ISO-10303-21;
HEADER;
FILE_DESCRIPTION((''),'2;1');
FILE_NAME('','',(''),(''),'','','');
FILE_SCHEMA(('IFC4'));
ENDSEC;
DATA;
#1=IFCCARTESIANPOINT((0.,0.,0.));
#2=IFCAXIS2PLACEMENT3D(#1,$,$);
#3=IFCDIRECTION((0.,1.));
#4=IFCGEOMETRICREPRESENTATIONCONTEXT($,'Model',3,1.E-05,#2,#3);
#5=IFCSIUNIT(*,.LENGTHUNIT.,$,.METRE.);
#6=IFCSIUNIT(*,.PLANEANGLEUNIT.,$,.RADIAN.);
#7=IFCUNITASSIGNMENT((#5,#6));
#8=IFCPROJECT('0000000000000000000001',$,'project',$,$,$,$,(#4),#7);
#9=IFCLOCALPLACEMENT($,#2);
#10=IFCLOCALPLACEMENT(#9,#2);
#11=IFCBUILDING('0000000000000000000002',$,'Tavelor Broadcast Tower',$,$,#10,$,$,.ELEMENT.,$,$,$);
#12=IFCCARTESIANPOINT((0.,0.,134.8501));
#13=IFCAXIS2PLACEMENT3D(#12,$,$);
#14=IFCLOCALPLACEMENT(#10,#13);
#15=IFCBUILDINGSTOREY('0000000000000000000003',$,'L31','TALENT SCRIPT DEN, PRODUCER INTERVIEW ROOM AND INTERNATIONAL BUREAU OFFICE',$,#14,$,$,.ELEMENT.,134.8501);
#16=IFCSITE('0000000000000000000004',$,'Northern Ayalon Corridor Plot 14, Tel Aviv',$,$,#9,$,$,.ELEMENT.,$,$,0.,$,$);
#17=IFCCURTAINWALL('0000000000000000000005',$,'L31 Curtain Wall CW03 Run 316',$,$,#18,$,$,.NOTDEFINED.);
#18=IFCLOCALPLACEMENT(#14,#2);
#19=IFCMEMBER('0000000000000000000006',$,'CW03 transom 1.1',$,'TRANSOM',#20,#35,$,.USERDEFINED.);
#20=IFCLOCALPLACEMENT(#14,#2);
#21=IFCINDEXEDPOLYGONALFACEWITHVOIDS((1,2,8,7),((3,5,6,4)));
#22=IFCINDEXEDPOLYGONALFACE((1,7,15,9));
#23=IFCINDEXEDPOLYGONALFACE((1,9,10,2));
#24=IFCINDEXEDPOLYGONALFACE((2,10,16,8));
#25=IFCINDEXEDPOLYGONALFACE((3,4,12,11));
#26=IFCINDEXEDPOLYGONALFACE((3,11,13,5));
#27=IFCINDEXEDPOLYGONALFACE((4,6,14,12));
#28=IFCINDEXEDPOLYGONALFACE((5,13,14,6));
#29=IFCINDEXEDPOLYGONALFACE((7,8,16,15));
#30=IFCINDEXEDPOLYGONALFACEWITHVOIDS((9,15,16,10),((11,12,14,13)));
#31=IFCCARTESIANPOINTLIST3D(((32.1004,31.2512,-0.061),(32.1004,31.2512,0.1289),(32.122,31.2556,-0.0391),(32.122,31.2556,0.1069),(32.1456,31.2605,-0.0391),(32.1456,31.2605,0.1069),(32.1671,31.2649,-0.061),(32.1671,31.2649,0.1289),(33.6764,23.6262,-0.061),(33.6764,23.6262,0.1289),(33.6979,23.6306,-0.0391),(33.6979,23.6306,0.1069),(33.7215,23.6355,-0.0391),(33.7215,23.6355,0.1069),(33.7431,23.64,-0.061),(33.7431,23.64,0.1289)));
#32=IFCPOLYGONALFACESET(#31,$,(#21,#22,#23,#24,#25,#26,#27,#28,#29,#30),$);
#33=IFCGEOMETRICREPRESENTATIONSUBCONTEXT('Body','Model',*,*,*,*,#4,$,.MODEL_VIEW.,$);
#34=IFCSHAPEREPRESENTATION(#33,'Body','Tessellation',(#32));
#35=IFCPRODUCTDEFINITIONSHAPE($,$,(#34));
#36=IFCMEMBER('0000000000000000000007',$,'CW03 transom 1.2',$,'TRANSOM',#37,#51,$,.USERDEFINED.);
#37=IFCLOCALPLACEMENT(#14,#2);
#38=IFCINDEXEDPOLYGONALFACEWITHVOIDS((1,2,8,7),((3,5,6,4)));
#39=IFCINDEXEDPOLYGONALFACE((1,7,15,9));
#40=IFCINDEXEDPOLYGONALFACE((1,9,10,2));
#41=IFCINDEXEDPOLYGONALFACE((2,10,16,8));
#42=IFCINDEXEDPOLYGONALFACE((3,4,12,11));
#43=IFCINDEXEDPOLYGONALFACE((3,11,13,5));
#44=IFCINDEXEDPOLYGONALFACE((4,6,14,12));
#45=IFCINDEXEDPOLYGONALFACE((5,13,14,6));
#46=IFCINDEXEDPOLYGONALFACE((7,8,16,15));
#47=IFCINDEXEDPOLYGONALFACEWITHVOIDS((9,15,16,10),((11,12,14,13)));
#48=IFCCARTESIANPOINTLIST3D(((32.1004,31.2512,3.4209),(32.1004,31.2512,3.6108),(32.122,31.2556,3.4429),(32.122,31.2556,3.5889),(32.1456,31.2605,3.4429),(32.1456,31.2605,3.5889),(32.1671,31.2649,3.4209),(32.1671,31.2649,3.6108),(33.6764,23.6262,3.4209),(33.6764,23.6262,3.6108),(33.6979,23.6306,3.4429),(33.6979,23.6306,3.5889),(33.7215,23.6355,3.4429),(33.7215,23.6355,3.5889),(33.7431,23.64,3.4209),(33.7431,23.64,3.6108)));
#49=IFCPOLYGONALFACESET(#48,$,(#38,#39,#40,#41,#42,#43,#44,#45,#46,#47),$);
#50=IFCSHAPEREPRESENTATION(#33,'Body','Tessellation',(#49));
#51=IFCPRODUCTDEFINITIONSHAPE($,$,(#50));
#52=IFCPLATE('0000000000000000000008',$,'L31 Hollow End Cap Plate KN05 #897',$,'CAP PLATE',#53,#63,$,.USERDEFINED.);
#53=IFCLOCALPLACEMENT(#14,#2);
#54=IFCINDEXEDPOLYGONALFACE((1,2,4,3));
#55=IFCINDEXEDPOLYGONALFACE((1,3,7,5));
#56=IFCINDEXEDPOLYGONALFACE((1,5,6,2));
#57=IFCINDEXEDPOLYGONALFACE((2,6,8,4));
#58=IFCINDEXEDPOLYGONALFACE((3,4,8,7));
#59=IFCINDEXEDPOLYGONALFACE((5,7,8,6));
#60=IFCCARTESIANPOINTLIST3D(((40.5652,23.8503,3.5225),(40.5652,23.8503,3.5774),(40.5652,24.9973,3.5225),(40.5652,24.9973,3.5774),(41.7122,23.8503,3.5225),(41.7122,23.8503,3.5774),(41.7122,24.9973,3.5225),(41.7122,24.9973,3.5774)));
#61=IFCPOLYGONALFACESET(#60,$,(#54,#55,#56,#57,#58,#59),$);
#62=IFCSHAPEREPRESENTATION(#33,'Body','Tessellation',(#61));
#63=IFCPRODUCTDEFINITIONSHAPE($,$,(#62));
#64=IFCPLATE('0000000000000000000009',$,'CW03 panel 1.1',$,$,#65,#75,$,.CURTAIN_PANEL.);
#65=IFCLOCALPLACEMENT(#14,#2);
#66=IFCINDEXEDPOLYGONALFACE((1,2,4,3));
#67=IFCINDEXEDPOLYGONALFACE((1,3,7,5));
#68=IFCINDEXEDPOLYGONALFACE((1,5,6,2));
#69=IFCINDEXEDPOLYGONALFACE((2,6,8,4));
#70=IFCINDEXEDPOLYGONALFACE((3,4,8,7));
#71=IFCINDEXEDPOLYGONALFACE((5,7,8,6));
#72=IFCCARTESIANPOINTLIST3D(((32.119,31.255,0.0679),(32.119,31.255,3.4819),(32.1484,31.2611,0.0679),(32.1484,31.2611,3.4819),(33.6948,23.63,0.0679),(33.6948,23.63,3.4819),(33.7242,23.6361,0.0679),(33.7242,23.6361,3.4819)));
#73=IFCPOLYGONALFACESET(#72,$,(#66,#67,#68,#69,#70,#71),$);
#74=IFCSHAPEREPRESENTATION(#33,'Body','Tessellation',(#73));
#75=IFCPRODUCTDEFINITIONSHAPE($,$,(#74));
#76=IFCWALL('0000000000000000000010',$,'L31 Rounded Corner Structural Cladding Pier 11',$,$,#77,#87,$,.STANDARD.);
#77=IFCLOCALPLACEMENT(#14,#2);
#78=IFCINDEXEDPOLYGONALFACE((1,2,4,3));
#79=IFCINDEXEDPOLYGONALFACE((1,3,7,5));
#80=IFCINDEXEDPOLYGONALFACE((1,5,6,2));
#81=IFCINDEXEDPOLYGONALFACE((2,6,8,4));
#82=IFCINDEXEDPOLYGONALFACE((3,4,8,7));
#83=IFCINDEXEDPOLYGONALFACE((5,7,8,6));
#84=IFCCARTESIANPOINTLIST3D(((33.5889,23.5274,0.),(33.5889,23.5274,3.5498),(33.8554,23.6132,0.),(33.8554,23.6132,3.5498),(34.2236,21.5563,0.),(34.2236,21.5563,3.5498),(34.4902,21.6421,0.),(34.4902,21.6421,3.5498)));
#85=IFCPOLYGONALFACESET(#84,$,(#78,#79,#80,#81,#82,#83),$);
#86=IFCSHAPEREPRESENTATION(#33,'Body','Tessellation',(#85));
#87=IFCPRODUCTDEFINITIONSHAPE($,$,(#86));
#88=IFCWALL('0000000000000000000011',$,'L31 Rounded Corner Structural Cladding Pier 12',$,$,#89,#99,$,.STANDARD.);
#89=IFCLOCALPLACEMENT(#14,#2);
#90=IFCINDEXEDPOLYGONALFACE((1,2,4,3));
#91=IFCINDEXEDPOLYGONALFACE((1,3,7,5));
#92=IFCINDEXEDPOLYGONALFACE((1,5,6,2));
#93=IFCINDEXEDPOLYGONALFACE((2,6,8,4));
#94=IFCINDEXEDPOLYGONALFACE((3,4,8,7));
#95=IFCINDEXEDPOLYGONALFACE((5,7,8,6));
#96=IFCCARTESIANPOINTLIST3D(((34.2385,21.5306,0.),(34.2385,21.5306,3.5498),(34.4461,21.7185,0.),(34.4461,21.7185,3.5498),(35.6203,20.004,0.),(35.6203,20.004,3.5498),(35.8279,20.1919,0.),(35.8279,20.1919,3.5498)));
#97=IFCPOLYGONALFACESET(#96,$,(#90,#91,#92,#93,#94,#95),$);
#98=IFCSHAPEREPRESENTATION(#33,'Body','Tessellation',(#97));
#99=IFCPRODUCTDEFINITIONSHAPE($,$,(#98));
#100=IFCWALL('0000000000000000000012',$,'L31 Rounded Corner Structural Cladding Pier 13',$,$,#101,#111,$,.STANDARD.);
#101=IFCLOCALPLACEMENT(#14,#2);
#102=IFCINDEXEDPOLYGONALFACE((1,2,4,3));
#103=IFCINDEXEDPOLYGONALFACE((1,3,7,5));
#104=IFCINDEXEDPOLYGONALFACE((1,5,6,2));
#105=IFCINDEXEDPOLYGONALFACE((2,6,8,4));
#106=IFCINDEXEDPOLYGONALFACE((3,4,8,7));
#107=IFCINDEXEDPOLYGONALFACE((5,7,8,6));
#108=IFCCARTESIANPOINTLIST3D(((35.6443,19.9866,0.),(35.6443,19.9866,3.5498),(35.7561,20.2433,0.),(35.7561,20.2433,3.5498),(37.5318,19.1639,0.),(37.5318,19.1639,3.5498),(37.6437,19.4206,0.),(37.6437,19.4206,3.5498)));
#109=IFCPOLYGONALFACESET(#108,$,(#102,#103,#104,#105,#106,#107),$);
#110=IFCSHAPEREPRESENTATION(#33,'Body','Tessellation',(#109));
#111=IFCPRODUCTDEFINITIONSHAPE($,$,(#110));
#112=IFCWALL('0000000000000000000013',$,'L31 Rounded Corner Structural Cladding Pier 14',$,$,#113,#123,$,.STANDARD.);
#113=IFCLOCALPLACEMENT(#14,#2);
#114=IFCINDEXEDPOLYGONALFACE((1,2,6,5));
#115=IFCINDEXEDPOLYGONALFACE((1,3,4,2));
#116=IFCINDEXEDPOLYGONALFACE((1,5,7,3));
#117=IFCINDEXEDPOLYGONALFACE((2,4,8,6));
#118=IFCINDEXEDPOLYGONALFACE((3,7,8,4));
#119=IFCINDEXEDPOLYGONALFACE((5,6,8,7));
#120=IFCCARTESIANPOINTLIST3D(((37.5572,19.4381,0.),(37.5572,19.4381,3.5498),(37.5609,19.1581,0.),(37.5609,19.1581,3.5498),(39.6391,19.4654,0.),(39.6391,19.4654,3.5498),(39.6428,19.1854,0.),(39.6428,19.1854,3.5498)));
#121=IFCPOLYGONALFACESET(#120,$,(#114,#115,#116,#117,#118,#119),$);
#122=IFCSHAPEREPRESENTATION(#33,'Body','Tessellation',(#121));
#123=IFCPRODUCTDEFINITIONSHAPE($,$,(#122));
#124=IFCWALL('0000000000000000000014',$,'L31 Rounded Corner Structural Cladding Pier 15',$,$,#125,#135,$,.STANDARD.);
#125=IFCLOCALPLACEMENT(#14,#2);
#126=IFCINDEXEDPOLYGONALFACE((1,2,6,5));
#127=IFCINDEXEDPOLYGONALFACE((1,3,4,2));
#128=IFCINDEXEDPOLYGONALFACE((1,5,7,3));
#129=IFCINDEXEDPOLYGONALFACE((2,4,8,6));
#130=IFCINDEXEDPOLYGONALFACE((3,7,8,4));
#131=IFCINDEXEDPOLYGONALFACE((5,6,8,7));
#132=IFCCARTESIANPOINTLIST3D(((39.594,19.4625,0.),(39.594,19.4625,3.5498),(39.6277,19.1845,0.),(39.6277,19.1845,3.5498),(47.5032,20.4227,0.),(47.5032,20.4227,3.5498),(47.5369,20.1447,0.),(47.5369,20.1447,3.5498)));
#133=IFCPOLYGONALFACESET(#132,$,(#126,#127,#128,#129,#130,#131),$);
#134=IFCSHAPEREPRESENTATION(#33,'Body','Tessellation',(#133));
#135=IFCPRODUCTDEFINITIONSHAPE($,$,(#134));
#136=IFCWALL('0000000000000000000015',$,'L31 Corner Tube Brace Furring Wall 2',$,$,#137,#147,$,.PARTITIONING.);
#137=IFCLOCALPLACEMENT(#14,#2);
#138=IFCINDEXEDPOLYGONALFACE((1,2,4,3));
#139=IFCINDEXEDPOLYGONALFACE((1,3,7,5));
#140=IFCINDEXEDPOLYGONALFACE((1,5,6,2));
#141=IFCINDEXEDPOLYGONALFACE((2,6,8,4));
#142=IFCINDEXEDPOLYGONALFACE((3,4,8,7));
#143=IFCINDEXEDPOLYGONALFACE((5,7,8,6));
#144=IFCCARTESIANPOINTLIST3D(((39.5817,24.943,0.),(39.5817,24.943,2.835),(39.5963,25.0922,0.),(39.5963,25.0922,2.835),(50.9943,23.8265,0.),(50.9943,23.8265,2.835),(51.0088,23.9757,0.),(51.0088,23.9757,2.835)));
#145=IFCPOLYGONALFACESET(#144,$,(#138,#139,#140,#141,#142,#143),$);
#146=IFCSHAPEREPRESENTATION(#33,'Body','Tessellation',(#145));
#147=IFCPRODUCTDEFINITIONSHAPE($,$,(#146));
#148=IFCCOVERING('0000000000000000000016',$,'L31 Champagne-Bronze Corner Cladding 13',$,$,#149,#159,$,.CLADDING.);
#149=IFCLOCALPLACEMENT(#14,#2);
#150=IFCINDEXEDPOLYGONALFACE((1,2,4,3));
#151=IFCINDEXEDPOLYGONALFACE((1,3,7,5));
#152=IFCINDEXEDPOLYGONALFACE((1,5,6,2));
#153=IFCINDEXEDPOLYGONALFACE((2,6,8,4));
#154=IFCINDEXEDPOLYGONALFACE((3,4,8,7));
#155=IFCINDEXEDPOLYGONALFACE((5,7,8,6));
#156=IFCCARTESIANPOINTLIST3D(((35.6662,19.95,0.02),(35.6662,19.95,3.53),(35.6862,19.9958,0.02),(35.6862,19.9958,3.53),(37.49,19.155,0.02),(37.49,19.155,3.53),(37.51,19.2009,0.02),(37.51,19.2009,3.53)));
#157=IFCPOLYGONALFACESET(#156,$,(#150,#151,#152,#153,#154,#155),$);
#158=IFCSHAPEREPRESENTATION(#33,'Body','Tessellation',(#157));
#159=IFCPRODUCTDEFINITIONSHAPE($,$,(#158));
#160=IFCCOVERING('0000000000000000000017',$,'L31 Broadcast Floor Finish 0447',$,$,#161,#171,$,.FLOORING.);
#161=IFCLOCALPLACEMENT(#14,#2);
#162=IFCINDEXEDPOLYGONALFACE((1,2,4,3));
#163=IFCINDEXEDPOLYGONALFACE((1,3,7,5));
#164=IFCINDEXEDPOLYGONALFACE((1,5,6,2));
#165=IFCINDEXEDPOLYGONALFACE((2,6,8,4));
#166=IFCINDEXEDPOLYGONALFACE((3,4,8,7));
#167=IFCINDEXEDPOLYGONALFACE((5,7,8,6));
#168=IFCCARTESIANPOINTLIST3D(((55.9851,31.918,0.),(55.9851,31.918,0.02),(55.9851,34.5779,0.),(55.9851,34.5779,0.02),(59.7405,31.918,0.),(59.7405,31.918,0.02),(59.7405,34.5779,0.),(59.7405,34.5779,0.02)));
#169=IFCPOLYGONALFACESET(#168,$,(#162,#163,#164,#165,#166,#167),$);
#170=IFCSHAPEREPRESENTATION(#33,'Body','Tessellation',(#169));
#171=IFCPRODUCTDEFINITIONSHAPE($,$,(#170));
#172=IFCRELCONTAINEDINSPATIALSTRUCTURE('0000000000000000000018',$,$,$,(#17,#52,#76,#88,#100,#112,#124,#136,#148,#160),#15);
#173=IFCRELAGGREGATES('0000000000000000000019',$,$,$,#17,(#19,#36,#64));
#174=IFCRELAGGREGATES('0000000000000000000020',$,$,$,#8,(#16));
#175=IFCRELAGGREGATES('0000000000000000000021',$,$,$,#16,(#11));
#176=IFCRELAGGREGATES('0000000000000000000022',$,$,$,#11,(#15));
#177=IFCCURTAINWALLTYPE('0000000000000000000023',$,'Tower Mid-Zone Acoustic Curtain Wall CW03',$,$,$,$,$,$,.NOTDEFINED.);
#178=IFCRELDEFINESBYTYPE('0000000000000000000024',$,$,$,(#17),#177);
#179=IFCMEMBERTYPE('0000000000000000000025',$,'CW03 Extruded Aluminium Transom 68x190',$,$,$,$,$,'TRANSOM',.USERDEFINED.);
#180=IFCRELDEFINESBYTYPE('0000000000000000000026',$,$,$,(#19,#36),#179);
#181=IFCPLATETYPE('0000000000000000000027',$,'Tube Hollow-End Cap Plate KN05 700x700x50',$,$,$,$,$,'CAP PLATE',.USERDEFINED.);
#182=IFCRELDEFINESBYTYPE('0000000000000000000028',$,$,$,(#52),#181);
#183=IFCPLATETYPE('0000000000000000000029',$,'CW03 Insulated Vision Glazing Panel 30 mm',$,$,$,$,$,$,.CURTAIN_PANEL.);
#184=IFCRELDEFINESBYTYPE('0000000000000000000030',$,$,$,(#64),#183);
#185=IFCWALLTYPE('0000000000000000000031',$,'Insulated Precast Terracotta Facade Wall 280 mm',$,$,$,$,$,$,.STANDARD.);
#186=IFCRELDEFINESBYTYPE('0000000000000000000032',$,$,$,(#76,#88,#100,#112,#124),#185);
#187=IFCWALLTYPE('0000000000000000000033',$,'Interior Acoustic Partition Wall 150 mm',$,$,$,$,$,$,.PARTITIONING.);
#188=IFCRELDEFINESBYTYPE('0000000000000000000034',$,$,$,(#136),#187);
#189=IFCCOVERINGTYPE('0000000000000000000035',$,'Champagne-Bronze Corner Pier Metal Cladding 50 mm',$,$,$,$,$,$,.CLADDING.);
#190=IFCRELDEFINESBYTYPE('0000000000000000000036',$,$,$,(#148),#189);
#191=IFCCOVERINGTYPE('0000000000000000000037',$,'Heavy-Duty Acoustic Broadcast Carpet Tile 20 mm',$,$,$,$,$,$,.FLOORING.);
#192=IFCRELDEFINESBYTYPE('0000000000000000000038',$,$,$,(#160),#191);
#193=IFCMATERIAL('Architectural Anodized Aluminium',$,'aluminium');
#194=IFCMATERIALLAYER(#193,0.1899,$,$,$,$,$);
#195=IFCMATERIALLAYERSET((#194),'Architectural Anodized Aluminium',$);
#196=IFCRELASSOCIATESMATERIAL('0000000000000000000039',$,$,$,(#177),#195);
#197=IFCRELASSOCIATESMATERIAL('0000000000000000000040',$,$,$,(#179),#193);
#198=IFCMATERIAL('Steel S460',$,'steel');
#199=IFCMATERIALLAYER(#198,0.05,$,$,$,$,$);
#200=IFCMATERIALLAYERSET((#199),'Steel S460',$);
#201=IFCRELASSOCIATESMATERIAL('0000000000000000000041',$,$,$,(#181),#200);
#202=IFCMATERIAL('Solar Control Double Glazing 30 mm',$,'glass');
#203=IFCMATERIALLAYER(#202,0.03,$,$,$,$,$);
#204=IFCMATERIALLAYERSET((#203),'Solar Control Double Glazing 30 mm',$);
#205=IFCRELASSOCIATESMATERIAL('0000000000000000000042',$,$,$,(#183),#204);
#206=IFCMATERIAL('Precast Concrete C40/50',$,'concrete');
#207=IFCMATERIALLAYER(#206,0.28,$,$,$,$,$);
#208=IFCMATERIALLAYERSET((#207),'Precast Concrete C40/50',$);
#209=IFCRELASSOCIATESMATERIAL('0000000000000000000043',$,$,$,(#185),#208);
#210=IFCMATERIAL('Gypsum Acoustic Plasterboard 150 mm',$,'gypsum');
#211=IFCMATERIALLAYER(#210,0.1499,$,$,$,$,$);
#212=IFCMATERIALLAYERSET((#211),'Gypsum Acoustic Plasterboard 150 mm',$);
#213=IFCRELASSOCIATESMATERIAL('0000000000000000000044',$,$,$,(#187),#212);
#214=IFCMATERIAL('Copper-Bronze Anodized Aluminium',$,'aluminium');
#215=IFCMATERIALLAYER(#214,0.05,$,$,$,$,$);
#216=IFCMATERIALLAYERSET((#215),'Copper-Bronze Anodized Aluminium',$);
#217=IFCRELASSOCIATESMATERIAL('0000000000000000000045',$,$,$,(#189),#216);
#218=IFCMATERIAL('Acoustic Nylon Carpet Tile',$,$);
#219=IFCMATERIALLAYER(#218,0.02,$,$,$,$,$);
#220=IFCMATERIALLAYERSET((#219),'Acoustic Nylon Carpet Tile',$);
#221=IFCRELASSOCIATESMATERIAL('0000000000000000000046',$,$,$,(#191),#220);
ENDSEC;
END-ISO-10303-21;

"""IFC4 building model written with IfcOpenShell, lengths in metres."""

from ifc_helpers import new_model, si_unit, direction, frame, frame_2d, origin, origin_2d, place, context, subcontext, project, spatial, polyline, rectangle, hollow_rectangle, outline, extrude, source, transform, mapped, material, layer, layer_set, material_profile, profile_set, type_object, type_shapes, element, aggregate, save


model = new_model("IFC4")

# Units and contexts
model_context = context("Model", 3, precision=1e-05, world=origin(), true_north=direction((0.0, 1.0)))
body_context = subcontext(model_context, "Body", "Model", "MODEL_VIEW")
ifc_project = project(units=[si_unit("LENGTHUNIT", "METRE"), si_unit("PLANEANGLEUNIT", "RADIAN")], contexts=[model_context])

# Site, building, storey
site_placement = place(None, origin())
site = spatial("IfcSite", under=ifc_project, at=site_placement, Name="Northern Ayalon Corridor Plot 14, Tel Aviv", CompositionType="ELEMENT", RefElevation=0.0)
building_placement = place(site_placement, origin())
building = spatial("IfcBuilding", under=site, at=building_placement, Name="Tavelor Broadcast Tower", CompositionType="ELEMENT")
storey_placement = place(building_placement, frame((0.0, 0.0, 134.8501)))
storey = spatial("IfcBuildingStorey", under=building, at=storey_placement, Name="L31", Description="TALENT SCRIPT DEN, PRODUCER INTERVIEW ROOM AND INTERNATIONAL BUREAU OFFICE", CompositionType="ELEMENT", Elevation=134.8501)

# Shared definitions
ifc_material_1 = material(Name="Steel S460", Category="steel")

# Curtain wall, members
ifc_material_2 = material(Name="Architectural Anodized Aluminium", Category="aluminium")
ifc_layer_1 = layer(ifc_material_2, 0.1899)
ifc_layer_set_1 = layer_set([ifc_layer_1], Name="Architectural Anodized Aluminium")
curtain_wall_type = type_object("IfcCurtainWallType", Name="Tower Mid-Zone Acoustic Curtain Wall CW03", PredefinedType="NOTDEFINED", material=ifc_layer_set_1)
curtain_wall_placement = place(storey_placement, origin())
curtain_wall = element("IfcCurtainWall", 1, at=curtain_wall_placement, inside=storey, type_object=curtain_wall_type, Name="L31 Curtain Wall CW03 Run 316", PredefinedType="NOTDEFINED")
ifc_material_profile_1 = material_profile(ifc_material_2, hollow_rectangle(XDim=0.0681, YDim=0.1899, WallThickness=0.022, at=origin_2d()), Name="RHS 68x190x22")
ifc_profile_set_1 = profile_set([ifc_material_profile_1], Name="Architectural Anodized Aluminium")
member_type_1 = type_object("IfcMemberType", Name="CW03 Extruded Aluminium Transom 68x190", ElementType="TRANSOM", PredefinedType="USERDEFINED", material=ifc_profile_set_1)
shared_shape_1 = source(origin(), body_context, "Body", "SweptSolid", [
    extrude(hollow_rectangle(XDim=0.0681, YDim=0.1899, WallThickness=0.022, at=origin_2d()), origin(), (0.0, 0.0, 1.0), 7.7861),
])
type_shapes(member_type_1, [shared_shape_1])
member_1_placement = place(storey_placement, frame((32.1338, 31.2581, 0.0339), z_axis=(0.202401, -0.979303, 0.0), x_axis=(0.979303, 0.202401, 0.0)))
member_1 = element("IfcMember", 2, at=member_1_placement, type_object=member_type_1, Name="CW03 transom 1.1", ObjectType="TRANSOM", PredefinedType="USERDEFINED", context=body_context, shape_type="MappedRepresentation", body=[
    mapped(shared_shape_1, transform((0.0, 0.0, 0.0), scale=1.0)),
])
member_2_placement = place(storey_placement, frame((32.1338, 31.2581, 3.5159), z_axis=(0.202401, -0.979303, 0.0), x_axis=(0.979303, 0.202401, 0.0)))
member_2 = element("IfcMember", 3, at=member_2_placement, type_object=member_type_1, Name="CW03 transom 1.2", ObjectType="TRANSOM", PredefinedType="USERDEFINED", context=body_context, shape_type="MappedRepresentation", body=[
    mapped(shared_shape_1, transform((0.0, 0.0, 0.0), scale=1.0)),
])

# Plates
ifc_layer_2 = layer(ifc_material_1, 0.05)
ifc_layer_set_2 = layer_set([ifc_layer_2], Name="Steel S460")
plate_type_1 = type_object("IfcPlateType", Name="Tube Hollow-End Cap Plate KN05 700x700x50", ElementType="CAP PLATE", PredefinedType="USERDEFINED", material=ifc_layer_set_2)
shared_shape_2 = source(origin(), body_context, "Body", "SweptSolid", [
    extrude(rectangle(XDim=1.147, YDim=1.147, at=origin_2d()), origin(), (0.0, 0.0, 1.0), 0.0549),
])
type_shapes(plate_type_1, [shared_shape_2])
plate_1_placement = place(storey_placement, frame((41.1387, 24.4238, 3.5225), z_axis=(0.0, 0.0, 1.0), x_axis=(1.0, 0.0, 0.0)))
element("IfcPlate", 4, at=plate_1_placement, inside=storey, type_object=plate_type_1, Name="L31 Hollow End Cap Plate KN05 #897", ObjectType="CAP PLATE", PredefinedType="USERDEFINED", context=body_context, shape_type="MappedRepresentation", body=[
    mapped(shared_shape_2, transform((0.0, 0.0, 0.0), scale=1.0)),
])
ifc_material_3 = material(Name="Solar Control Double Glazing 30 mm", Category="glass")
ifc_layer_3 = layer(ifc_material_3, 0.03)
ifc_layer_set_3 = layer_set([ifc_layer_3], Name="Solar Control Double Glazing 30 mm")
plate_type_2 = type_object("IfcPlateType", Name="CW03 Insulated Vision Glazing Panel 30 mm", PredefinedType="CURTAIN_PANEL", material=ifc_layer_set_3)
shared_shape_3 = source(origin(), body_context, "Body", "SweptSolid", [
    extrude(rectangle(XDim=7.7861, YDim=0.03, at=origin_2d()), origin(), (0.0, 0.0, 1.0), 3.4141),
])
type_shapes(plate_type_2, [shared_shape_3])
plate_2_placement = place(storey_placement, frame((32.9216, 27.4456, 0.0679), z_axis=(0.0, 0.0, 1.0), x_axis=(0.202382, -0.979307, 0.0)))
plate_2 = element("IfcPlate", 5, at=plate_2_placement, type_object=plate_type_2, Name="CW03 panel 1.1", PredefinedType="CURTAIN_PANEL", context=body_context, shape_type="MappedRepresentation", body=[
    mapped(shared_shape_3, transform((0.0, 0.0, 0.0), scale=1.0)),
])
aggregate(curtain_wall, [member_1, member_2, plate_2])

# Walls
ifc_material_4 = material(Name="Precast Concrete C40/50", Category="concrete")
ifc_layer_4 = layer(ifc_material_4, 0.28)
ifc_layer_set_4 = layer_set([ifc_layer_4], Name="Precast Concrete C40/50")
wall_type_1 = type_object("IfcWallType", Name="Insulated Precast Terracotta Facade Wall 280 mm", PredefinedType="STANDARD", material=ifc_layer_set_4)
wall_1_placement = place(storey_placement, frame((33.7222, 23.5703, 0.0), z_axis=(0.0, 0.0, 1.0), x_axis=(0.306521, -0.951864, 0.0)))
element("IfcWall", 6, at=wall_1_placement, inside=storey, type_object=wall_type_1, Name="L31 Rounded Corner Structural Cladding Pier 11", PredefinedType="STANDARD", context=body_context, shape_type="SweptSolid", body=[
    extrude(rectangle(XDim=2.0708, YDim=0.28, at=frame_2d((1.0354, 0.0))), origin(), (0.0, 0.0, 1.0), 3.5498),
])
for number, where, z_axis, x_axis, name in (
    (7, (34.3423, 21.6245, 0.0), (0.0, 0.0, 1.0), (0.671078, -0.741387, 0.0), "L31 Rounded Corner Structural Cladding Pier 12"),
    (8, (35.7002, 20.115, 0.0), (0.0, 0.0, 1.0), (0.916712, -0.39955, 0.0), "L31 Rounded Corner Structural Cladding Pier 13"),
):
    element("IfcWall", number, at=place(storey_placement, frame(where, z_axis=z_axis, x_axis=x_axis)), inside=storey, type_object=wall_type_1, Name=name, PredefinedType="STANDARD", context=body_context, shape_type="SweptSolid", body=[
        extrude(rectangle(XDim=2.0591, YDim=0.28, at=frame_2d((1.0295, 0.0))), origin(), (0.0, 0.0, 1.0), 3.5498),
    ])
wall_2_placement = place(storey_placement, frame((37.5591, 19.2981, 0.0), z_axis=(0.0, 0.0, 1.0), x_axis=(0.999914, 0.013134, 0.0)))
element("IfcWall", 9, at=wall_2_placement, inside=storey, type_object=wall_type_1, Name="L31 Rounded Corner Structural Cladding Pier 14", PredefinedType="STANDARD", context=body_context, shape_type="SweptSolid", body=[
    extrude(rectangle(XDim=2.082, YDim=0.28, at=frame_2d((1.041, 0.0))), origin(), (0.0, 0.0, 1.0), 3.5498),
])
wall_3_placement = place(storey_placement, frame((39.6108, 19.3235, 0.0), z_axis=(0.0, 0.0, 1.0), x_axis=(0.992711, 0.120519, 0.0)))
element("IfcWall", 10, at=wall_3_placement, inside=storey, type_object=wall_type_1, Name="L31 Rounded Corner Structural Cladding Pier 15", PredefinedType="STANDARD", context=body_context, shape_type="SweptSolid", body=[
    extrude(rectangle(XDim=7.9673, YDim=0.28, at=frame_2d((3.9836, 0.0))), origin(), (0.0, 0.0, 1.0), 3.5498),
])
ifc_material_5 = material(Name="Gypsum Acoustic Plasterboard 150 mm", Category="gypsum")
ifc_layer_5 = layer(ifc_material_5, 0.1499)
ifc_layer_set_5 = layer_set([ifc_layer_5], Name="Gypsum Acoustic Plasterboard 150 mm")
wall_type_2 = type_object("IfcWallType", Name="Interior Acoustic Partition Wall 150 mm", PredefinedType="PARTITIONING", material=ifc_layer_set_5)
wall_4_placement = place(storey_placement, frame((39.5891, 25.0176, 0.0), z_axis=(0.0, 0.0, 1.0), x_axis=(0.995249, -0.097362, 0.0)))
element("IfcWall", 11, at=wall_4_placement, inside=storey, type_object=wall_type_2, Name="L31 Corner Tube Brace Furring Wall 2", PredefinedType="PARTITIONING", context=body_context, shape_type="SweptSolid", body=[
    extrude(rectangle(XDim=11.467, YDim=0.1499, at=frame_2d((5.7334, 0.0))), origin(), (0.0, 0.0, 1.0), 2.835),
])

# Coverings
ifc_material_6 = material(Name="Copper-Bronze Anodized Aluminium", Category="aluminium")
ifc_layer_6 = layer(ifc_material_6, 0.05)
ifc_layer_set_6 = layer_set([ifc_layer_6], Name="Copper-Bronze Anodized Aluminium")
covering_type_1 = type_object("IfcCoveringType", Name="Champagne-Bronze Corner Pier Metal Cladding 50 mm", PredefinedType="CLADDING", material=ifc_layer_set_6)
covering_1_placement = place(storey_placement, frame((36.5881, 19.5754, 0.02), z_axis=(0.0, 0.0, 1.0), x_axis=(0.916712, -0.399549, 0.0)))
element("IfcCovering", 12, at=covering_1_placement, inside=storey, type_object=covering_type_1, Name="L31 Champagne-Bronze Corner Cladding 13", PredefinedType="CLADDING", context=body_context, shape_type="SweptSolid", body=[
    extrude(rectangle(XDim=1.9895, YDim=0.05, at=origin_2d()), origin(), (0.0, 0.0, 1.0), 3.51),
])
ifc_material_7 = material(Name="Acoustic Nylon Carpet Tile")
ifc_layer_7 = layer(ifc_material_7, 0.02)
ifc_layer_set_7 = layer_set([ifc_layer_7], Name="Acoustic Nylon Carpet Tile")
covering_type_2 = type_object("IfcCoveringType", Name="Heavy-Duty Acoustic Broadcast Carpet Tile 20 mm", PredefinedType="FLOORING", material=ifc_layer_set_7)
covering_2_placement = place(storey_placement, origin())
element("IfcCovering", 13, at=covering_2_placement, inside=storey, type_object=covering_type_2, Name="L31 Broadcast Floor Finish 0447", PredefinedType="FLOORING", context=body_context, shape_type="SweptSolid", body=[
    extrude(outline(polyline([(55.9851, 31.918), (59.7405, 31.918), (59.7405, 34.5779), (55.9851, 34.5779), (55.9851, 31.918)])), origin(), (0.0, 0.0, 1.0), 0.02),
])

save(model, "model.ifc")
